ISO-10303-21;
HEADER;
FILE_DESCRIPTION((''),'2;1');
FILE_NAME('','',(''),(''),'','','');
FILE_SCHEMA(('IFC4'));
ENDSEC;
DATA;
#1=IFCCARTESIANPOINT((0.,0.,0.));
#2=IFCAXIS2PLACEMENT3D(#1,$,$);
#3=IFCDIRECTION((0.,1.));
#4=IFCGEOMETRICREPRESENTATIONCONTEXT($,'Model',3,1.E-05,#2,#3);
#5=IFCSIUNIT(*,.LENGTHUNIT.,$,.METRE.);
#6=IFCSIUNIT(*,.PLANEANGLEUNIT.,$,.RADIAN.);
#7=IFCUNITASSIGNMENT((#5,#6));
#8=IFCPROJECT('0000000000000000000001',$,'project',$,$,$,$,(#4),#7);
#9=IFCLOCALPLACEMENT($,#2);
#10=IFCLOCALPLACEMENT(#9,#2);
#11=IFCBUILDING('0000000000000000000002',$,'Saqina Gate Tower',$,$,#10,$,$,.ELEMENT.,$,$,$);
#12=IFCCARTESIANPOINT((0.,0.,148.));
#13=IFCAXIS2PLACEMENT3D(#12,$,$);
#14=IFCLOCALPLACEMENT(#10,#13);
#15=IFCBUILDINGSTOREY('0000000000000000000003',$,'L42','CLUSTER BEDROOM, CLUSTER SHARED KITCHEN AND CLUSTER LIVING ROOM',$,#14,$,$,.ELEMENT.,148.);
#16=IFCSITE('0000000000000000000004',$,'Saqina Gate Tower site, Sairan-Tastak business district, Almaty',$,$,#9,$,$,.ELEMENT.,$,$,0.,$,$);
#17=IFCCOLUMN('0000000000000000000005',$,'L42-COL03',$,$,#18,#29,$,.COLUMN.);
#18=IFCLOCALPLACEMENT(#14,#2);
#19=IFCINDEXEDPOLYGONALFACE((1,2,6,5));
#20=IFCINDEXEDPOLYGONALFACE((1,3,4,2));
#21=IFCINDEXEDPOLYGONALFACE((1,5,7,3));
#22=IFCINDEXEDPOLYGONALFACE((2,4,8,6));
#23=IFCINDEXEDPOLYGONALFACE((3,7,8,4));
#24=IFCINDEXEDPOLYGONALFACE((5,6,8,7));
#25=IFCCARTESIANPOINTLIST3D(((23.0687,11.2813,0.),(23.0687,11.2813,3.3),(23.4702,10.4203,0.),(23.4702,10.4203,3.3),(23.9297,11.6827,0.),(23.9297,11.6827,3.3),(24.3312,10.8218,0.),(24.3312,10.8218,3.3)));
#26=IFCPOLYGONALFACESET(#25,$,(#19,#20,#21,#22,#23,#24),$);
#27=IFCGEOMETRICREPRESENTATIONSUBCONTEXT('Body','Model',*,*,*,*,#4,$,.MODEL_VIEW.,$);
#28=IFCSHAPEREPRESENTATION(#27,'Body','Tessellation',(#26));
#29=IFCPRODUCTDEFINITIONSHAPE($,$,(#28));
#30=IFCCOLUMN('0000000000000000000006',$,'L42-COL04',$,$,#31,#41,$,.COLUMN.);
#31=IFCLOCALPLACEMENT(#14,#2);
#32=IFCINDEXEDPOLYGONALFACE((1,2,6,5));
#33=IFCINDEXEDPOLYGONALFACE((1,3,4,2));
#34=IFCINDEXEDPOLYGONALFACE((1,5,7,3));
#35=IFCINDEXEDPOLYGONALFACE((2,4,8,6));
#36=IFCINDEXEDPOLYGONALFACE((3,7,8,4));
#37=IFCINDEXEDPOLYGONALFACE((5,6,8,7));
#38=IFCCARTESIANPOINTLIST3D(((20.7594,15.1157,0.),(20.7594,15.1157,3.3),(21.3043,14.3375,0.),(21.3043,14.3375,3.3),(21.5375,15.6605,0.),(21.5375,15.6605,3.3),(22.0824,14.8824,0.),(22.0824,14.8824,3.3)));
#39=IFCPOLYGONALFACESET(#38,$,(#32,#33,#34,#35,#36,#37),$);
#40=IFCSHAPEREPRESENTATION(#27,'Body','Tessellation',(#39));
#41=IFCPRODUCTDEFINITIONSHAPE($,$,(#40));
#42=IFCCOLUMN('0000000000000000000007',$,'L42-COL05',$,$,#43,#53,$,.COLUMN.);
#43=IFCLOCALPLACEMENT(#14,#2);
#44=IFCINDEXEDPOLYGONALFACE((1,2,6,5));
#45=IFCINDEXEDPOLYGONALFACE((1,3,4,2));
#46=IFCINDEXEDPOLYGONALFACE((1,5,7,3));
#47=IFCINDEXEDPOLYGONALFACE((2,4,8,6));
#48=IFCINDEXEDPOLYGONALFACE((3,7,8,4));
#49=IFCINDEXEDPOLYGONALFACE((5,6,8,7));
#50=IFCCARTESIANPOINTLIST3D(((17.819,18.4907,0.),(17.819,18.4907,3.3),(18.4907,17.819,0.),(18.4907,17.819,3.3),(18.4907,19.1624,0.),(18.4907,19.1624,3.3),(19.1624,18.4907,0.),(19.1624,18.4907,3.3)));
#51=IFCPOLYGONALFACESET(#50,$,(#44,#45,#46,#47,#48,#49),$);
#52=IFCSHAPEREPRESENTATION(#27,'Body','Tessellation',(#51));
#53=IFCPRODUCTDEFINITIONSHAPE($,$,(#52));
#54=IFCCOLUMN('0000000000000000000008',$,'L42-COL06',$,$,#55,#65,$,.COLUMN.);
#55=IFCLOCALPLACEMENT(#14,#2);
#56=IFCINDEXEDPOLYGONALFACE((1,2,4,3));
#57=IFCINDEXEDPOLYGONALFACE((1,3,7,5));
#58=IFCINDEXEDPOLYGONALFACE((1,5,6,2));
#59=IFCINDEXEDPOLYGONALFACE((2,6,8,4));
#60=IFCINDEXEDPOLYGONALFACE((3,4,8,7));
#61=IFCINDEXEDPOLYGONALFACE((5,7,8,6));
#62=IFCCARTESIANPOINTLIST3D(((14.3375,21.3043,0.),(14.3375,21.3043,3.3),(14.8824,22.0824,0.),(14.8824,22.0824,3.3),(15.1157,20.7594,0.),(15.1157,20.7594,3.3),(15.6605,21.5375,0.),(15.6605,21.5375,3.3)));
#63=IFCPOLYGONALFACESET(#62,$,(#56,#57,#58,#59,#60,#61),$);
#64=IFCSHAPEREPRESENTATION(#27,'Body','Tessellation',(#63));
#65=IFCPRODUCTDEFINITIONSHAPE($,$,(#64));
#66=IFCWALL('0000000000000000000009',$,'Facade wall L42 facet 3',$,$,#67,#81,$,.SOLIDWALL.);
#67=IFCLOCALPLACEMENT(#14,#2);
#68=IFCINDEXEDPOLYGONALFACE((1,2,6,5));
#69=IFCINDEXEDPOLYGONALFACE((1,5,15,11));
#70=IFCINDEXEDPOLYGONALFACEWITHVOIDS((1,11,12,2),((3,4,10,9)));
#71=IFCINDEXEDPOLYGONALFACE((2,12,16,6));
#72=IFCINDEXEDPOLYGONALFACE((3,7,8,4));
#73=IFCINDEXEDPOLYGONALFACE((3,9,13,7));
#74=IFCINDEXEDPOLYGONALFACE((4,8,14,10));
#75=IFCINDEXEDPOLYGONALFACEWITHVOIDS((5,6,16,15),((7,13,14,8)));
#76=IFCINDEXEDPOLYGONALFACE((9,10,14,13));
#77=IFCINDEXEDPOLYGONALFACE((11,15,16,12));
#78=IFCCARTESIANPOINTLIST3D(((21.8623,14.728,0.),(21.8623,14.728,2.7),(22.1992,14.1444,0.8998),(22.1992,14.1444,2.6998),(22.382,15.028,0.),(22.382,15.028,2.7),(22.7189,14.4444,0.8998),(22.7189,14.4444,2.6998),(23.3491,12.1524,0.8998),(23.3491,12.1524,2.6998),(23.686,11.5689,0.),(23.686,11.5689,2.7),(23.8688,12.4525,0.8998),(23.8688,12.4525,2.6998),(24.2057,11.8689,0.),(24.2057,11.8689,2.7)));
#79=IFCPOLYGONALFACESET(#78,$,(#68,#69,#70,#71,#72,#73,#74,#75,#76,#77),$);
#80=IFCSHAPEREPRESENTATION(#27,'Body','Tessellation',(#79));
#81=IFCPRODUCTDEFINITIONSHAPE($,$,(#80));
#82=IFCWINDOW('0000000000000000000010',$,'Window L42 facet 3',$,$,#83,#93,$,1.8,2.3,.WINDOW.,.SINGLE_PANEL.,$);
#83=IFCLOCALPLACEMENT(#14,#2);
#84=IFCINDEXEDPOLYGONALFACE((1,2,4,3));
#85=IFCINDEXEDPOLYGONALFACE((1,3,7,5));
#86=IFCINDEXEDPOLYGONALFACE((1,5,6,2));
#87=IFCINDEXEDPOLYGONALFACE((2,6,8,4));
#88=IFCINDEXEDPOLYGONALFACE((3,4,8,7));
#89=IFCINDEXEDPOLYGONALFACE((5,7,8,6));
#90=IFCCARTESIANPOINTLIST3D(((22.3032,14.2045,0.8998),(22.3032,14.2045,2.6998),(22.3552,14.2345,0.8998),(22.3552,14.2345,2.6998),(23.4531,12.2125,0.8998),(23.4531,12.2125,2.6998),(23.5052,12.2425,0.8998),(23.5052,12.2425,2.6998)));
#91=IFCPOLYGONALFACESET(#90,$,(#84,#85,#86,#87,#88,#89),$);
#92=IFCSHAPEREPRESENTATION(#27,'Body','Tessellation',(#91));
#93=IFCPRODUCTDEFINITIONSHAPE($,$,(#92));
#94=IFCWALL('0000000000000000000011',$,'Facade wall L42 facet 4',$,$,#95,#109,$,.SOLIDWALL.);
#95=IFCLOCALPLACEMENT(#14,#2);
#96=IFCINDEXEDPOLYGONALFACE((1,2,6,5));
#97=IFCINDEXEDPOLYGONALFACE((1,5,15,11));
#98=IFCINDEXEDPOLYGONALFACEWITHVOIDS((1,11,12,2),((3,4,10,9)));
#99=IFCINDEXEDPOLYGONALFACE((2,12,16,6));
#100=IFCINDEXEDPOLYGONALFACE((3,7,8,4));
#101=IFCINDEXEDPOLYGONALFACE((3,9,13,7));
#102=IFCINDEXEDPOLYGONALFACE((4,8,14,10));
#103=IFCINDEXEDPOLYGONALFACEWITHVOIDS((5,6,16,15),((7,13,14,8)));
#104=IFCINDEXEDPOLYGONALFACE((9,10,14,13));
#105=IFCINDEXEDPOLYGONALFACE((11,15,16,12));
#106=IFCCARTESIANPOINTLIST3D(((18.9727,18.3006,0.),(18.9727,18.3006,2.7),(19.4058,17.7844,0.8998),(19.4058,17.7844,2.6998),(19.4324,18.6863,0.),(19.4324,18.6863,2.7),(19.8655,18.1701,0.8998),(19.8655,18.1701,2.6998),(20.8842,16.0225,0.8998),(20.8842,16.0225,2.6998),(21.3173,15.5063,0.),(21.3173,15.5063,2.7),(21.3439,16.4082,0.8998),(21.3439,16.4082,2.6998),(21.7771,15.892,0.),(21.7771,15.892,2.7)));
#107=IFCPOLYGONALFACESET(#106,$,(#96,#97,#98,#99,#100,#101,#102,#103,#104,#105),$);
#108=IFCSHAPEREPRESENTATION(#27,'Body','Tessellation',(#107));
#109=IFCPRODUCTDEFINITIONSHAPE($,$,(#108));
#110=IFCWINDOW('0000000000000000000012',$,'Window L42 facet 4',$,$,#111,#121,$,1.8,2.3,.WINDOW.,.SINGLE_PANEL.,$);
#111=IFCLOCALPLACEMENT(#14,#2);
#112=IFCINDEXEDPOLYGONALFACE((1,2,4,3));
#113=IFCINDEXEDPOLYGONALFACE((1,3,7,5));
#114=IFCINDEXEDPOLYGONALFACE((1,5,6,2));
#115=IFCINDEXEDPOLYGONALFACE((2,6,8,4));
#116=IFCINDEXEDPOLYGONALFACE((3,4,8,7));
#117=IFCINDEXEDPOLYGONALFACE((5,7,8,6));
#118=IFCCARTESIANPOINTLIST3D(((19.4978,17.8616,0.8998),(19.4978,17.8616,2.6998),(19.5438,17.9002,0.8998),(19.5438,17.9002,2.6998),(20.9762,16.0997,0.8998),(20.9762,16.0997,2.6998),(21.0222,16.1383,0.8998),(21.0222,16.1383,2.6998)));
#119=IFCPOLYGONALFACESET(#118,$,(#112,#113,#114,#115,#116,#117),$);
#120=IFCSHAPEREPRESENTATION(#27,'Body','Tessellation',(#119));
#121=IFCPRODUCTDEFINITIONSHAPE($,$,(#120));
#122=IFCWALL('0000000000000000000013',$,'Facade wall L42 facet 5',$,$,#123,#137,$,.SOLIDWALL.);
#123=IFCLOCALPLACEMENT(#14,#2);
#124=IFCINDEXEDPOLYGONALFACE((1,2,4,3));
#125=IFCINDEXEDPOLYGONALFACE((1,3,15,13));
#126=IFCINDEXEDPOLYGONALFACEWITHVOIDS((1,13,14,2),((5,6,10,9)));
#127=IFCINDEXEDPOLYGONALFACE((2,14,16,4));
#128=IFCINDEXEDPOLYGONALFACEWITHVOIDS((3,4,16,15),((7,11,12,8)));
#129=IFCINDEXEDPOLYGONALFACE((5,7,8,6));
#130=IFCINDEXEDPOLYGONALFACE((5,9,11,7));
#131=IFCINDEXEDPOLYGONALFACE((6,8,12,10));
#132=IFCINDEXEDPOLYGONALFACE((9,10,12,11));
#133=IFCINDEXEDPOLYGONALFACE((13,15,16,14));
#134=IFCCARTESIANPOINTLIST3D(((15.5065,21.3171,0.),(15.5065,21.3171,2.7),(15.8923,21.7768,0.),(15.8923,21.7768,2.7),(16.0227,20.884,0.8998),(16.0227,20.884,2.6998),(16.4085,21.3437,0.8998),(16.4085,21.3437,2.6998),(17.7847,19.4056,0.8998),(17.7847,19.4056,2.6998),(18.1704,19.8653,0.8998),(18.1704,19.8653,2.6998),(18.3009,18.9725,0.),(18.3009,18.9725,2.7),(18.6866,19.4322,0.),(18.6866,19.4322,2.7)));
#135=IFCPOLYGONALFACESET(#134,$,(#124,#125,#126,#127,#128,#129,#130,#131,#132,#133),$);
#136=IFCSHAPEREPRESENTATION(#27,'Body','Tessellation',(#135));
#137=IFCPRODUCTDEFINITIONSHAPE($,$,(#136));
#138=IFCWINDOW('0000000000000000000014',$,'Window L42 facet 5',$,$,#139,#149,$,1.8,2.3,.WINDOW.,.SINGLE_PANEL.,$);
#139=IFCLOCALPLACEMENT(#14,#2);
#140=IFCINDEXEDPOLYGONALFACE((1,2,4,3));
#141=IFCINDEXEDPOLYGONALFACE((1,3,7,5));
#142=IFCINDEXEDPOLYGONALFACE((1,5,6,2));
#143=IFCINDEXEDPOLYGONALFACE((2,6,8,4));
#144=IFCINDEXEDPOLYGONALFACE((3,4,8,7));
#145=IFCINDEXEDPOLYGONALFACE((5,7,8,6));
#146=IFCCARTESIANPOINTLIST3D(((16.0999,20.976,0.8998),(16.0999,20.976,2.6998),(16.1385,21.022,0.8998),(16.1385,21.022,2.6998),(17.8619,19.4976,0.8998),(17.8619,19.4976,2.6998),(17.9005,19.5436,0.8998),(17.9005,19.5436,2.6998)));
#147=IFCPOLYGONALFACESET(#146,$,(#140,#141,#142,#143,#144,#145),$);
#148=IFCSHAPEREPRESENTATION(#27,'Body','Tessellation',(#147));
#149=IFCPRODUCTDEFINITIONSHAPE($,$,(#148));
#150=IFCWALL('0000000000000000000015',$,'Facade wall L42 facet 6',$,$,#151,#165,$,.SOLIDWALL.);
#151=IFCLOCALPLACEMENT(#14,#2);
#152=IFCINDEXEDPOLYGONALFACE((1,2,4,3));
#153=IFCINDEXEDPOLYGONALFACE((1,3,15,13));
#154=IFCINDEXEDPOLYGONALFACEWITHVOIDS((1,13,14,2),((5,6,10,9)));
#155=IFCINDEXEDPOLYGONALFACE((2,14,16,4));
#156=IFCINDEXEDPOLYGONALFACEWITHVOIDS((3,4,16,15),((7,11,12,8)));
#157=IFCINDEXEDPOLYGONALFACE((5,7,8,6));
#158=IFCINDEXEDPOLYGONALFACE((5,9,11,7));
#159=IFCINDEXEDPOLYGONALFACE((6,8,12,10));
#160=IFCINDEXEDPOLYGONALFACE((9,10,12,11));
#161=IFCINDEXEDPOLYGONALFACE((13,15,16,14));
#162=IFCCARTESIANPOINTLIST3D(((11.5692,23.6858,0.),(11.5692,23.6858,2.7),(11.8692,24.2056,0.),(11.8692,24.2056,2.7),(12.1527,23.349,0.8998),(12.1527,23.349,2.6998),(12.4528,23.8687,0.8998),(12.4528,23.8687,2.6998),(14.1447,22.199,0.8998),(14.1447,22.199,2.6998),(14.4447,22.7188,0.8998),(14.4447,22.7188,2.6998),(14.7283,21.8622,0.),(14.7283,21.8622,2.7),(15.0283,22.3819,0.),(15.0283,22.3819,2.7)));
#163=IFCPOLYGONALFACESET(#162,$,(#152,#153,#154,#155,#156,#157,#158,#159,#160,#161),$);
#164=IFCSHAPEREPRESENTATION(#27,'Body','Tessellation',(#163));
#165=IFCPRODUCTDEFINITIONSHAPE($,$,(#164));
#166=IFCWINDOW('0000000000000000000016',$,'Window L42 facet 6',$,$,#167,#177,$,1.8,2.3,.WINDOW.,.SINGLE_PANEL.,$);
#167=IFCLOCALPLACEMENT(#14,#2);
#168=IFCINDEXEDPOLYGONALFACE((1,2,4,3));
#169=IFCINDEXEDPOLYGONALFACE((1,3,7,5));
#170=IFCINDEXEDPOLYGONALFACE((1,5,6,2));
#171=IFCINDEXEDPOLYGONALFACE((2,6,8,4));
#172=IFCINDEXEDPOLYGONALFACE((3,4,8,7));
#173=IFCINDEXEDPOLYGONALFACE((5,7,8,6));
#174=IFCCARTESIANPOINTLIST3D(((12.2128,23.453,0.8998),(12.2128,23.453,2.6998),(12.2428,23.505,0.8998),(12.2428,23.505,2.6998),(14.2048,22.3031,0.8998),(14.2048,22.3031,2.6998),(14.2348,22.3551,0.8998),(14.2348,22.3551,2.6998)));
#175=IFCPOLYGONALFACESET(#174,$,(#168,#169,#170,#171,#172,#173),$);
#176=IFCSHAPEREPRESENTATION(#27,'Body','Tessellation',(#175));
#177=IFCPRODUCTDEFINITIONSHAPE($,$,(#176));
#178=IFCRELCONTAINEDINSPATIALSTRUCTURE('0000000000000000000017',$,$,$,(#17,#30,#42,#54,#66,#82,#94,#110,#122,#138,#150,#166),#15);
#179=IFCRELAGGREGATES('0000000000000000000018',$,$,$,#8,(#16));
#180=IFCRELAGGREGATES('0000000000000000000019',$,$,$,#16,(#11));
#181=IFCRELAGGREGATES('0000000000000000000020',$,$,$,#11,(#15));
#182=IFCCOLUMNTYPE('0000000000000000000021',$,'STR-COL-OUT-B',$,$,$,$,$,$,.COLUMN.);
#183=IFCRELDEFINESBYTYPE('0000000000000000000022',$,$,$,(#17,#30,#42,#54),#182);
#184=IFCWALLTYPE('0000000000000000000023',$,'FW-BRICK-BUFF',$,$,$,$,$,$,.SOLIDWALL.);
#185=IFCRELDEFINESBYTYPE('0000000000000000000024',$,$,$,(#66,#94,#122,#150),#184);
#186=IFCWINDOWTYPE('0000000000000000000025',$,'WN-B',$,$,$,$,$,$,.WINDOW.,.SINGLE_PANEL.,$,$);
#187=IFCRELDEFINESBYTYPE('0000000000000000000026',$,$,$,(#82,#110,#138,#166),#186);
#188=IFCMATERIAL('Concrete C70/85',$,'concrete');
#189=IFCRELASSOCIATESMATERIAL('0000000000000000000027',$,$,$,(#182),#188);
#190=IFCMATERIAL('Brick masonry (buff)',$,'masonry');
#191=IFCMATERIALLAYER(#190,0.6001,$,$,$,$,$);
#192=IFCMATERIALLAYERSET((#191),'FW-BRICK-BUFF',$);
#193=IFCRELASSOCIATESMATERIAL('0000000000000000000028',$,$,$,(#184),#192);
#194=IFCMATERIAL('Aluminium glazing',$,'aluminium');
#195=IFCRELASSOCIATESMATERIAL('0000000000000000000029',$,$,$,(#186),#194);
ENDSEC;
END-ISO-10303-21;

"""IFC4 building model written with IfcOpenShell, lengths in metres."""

from ifc_helpers import new_model, si_unit, direction, frame, frame_2d, origin, origin_2d, place, context, subcontext, project, spatial, rectangle, extrude, material, layer, layer_set, material_profile, profile_set, type_object, element, fill, save


model = new_model("IFC4")

# Units and contexts
model_context = context("Model", 3, precision=1e-05, world=origin(), true_north=direction((0.0, 1.0)))
body_context = subcontext(model_context, "Body", "Model", "MODEL_VIEW")
ifc_project = project(units=[si_unit("LENGTHUNIT", "METRE"), si_unit("PLANEANGLEUNIT", "RADIAN")], contexts=[model_context])

# Site, building, storey
site_placement = place(None, origin())
site = spatial("IfcSite", under=ifc_project, at=site_placement, Name="Saqina Gate Tower site, Sairan-Tastak business district, Almaty", CompositionType="ELEMENT", RefElevation=0.0)
building_placement = place(site_placement, origin())
building = spatial("IfcBuilding", under=site, at=building_placement, Name="Saqina Gate Tower", CompositionType="ELEMENT")
storey_placement = place(building_placement, frame((0.0, 0.0, 148.0)))
storey = spatial("IfcBuildingStorey", under=building, at=storey_placement, Name="L42", Description="CLUSTER BEDROOM, CLUSTER SHARED KITCHEN AND CLUSTER LIVING ROOM", CompositionType="ELEMENT", Elevation=148.0)

# Columns
ifc_material_1 = material(Name="Concrete C70/85", Category="concrete")
ifc_material_profile = material_profile(ifc_material_1, rectangle(XDim=0.95, YDim=0.95, at=origin_2d()), Name="RC 950x950")
ifc_profile_set = profile_set([ifc_material_profile], Name="Concrete C70/85")
column_type = type_object("IfcColumnType", Name="STR-COL-OUT-B", PredefinedType="COLUMN", material=ifc_profile_set)
for number, where, z_axis, x_axis, name in (
    (1, (23.7, 11.0515, 0.0), (0.0, 0.0, 1.0), (0.906308, 0.422618, 0.0), "L42-COL03"),
    (2, (21.4209, 14.999, 0.0), (0.0, 0.0, 1.0), (0.819152, 0.573576, 0.0), "L42-COL04"),
    (3, (18.4907, 18.4907, 0.0), (0.0, 0.0, 1.0), (0.707107, 0.707107, 0.0), "L42-COL05"),
    (4, (14.999, 21.4209, 0.0), (0.0, 0.0, 1.0), (0.573576, 0.819152, 0.0), "L42-COL06"),
):
    element("IfcColumn", number, at=place(storey_placement, frame(where, z_axis=z_axis, x_axis=x_axis)), inside=storey, type_object=column_type, Name=name, PredefinedType="COLUMN", context=body_context, shape_type="SweptSolid", body=[
        extrude(rectangle(XDim=0.95, YDim=0.95, at=origin_2d()), origin(), (0.0, 0.0, 1.0), 3.3),
    ])

# Walls, openings, windows
ifc_material_2 = material(Name="Brick masonry (buff)", Category="masonry")
ifc_layer_1 = layer(ifc_material_2, 0.6001)
ifc_layer_set_1 = layer_set([ifc_layer_1], Name="FW-BRICK-BUFF")
wall_type_1 = type_object("IfcWallType", Name="FW-BRICK-BUFF", PredefinedType="SOLIDWALL", material=ifc_layer_set_1)
wall_1_placement = place(storey_placement, frame((23.9458, 11.719, 0.0), z_axis=(0.0, 0.0, 1.0), x_axis=(-0.499954, 0.866052, 0.0)))
wall_1 = element("IfcWall", 5, at=wall_1_placement, inside=storey, type_object=wall_type_1, Name="Facade wall L42 facet 3", PredefinedType="SOLIDWALL", context=body_context, shape_type="SweptSolid", body=[
    extrude(rectangle(XDim=3.6477, YDim=0.6001, at=frame_2d((1.8237, 0.0))), origin(), (0.0, 0.0, 1.0), 2.7),
])
opening_1_placement = place(wall_1_placement, frame((0.6738, 0.0, 0.8999)))
opening_1 = element("IfcOpeningElement", 6, at=opening_1_placement, cuts=wall_1, PredefinedType="OPENING", context=body_context, shape_type="SweptSolid", body=[
    extrude(rectangle(XDim=2.3, YDim=1.8, at=frame_2d((1.1499, 0.8999))), frame((0.0, 0.312, 0.0), z_axis=(0.0, -1.0, 0.0), x_axis=(1.0, 0.0, 0.0)), (0.0, 0.0, 1.0), 0.624),
])
ifc_material_3 = material(Name="Aluminium glazing", Category="aluminium")
window_type = type_object("IfcWindowType", Name="WN-B", PartitioningType="SINGLE_PANEL", PredefinedType="WINDOW", material=ifc_material_3)
window_1_placement = place(opening_1_placement, origin())
window_1 = element("IfcWindow", 7, at=window_1_placement, inside=storey, type_object=window_type, Name="Window L42 facet 3", OverallHeight=1.8, OverallWidth=2.3, PartitioningType="SINGLE_PANEL", PredefinedType="WINDOW", context=body_context, shape_type="SweptSolid", body=[
    extrude(rectangle(XDim=2.3, YDim=1.8, at=frame_2d((1.1499, 0.8999))), frame((0.0, 0.1799, 0.0), z_axis=(0.0, -1.0, 0.0), x_axis=(1.0, 0.0, 0.0)), (0.0, 0.0, 1.0), 0.0601),
])
fill(opening_1, window_1)
wall_2_placement = place(storey_placement, frame((21.5471, 15.6992, 0.0), z_axis=(0.0, 0.0, 1.0), x_axis=(-0.642774, 0.766055, 0.0)))
wall_2 = element("IfcWall", 8, at=wall_2_placement, inside=storey, type_object=wall_type_1, Name="Facade wall L42 facet 4", PredefinedType="SOLIDWALL", context=body_context, shape_type="SweptSolid", body=[
    extrude(rectangle(XDim=3.6477, YDim=0.6001, at=frame_2d((1.8237, 0.0))), origin(), (0.0, 0.0, 1.0), 2.7),
])
opening_2_placement = place(wall_2_placement, frame((0.6738, 0.0, 0.8999)))
opening_2 = element("IfcOpeningElement", 9, at=opening_2_placement, cuts=wall_2, PredefinedType="OPENING", context=body_context, shape_type="SweptSolid", body=[
    extrude(rectangle(XDim=2.3, YDim=1.8, at=frame_2d((1.1499, 0.8999))), frame((0.0, 0.312, 0.0), z_axis=(0.0, -1.0, 0.0), x_axis=(1.0, 0.0, 0.0)), (0.0, 0.0, 1.0), 0.624),
])
window_2_placement = place(opening_2_placement, origin())
window_2 = element("IfcWindow", 10, at=window_2_placement, inside=storey, type_object=window_type, Name="Window L42 facet 4", OverallHeight=1.8, OverallWidth=2.3, PartitioningType="SINGLE_PANEL", PredefinedType="WINDOW", context=body_context, shape_type="SweptSolid", body=[
    extrude(rectangle(XDim=2.3, YDim=1.8, at=frame_2d((1.1499, 0.8999))), frame((0.0, 0.1799, 0.0), z_axis=(0.0, -1.0, 0.0), x_axis=(1.0, 0.0, 0.0)), (0.0, 0.0, 1.0), 0.0601),
])
fill(opening_2, window_2)
wall_3_placement = place(storey_placement, frame((18.4937, 19.2024, 0.0), z_axis=(0.0, 0.0, 1.0), x_axis=(-0.766055, 0.642774, 0.0)))
wall_3 = element("IfcWall", 11, at=wall_3_placement, inside=storey, type_object=wall_type_1, Name="Facade wall L42 facet 5", PredefinedType="SOLIDWALL", context=body_context, shape_type="SweptSolid", body=[
    extrude(rectangle(XDim=3.6477, YDim=0.6001, at=frame_2d((1.8237, 0.0))), origin(), (0.0, 0.0, 1.0), 2.7),
])
opening_3_placement = place(wall_3_placement, frame((0.6738, 0.0, 0.8999)))
opening_3 = element("IfcOpeningElement", 12, at=opening_3_placement, cuts=wall_3, PredefinedType="OPENING", context=body_context, shape_type="SweptSolid", body=[
    extrude(rectangle(XDim=2.3, YDim=1.8, at=frame_2d((1.1499, 0.8999))), frame((0.0, 0.312, 0.0), z_axis=(0.0, -1.0, 0.0), x_axis=(1.0, 0.0, 0.0)), (0.0, 0.0, 1.0), 0.624),
])
window_3_placement = place(opening_3_placement, origin())
window_3 = element("IfcWindow", 13, at=window_3_placement, inside=storey, type_object=window_type, Name="Window L42 facet 5", OverallHeight=1.8, OverallWidth=2.3, PartitioningType="SINGLE_PANEL", PredefinedType="WINDOW", context=body_context, shape_type="SweptSolid", body=[
    extrude(rectangle(XDim=2.3, YDim=1.8, at=frame_2d((1.1499, 0.8999))), frame((0.0, 0.1799, 0.0), z_axis=(0.0, -1.0, 0.0), x_axis=(1.0, 0.0, 0.0)), (0.0, 0.0, 1.0), 0.0601),
])
fill(opening_3, window_3)
wall_4_placement = place(storey_placement, frame((14.8782, 22.1221, 0.0), z_axis=(0.0, 0.0, 1.0), x_axis=(-0.866052, 0.499954, 0.0)))
wall_4 = element("IfcWall", 14, at=wall_4_placement, inside=storey, type_object=wall_type_1, Name="Facade wall L42 facet 6", PredefinedType="SOLIDWALL", context=body_context, shape_type="SweptSolid", body=[
    extrude(rectangle(XDim=3.6477, YDim=0.6001, at=frame_2d((1.8237, 0.0))), origin(), (0.0, 0.0, 1.0), 2.7),
])
opening_4_placement = place(wall_4_placement, frame((0.6738, 0.0, 0.8999)))
opening_4 = element("IfcOpeningElement", 15, at=opening_4_placement, cuts=wall_4, PredefinedType="OPENING", context=body_context, shape_type="SweptSolid", body=[
    extrude(rectangle(XDim=2.3, YDim=1.8, at=frame_2d((1.1499, 0.8999))), frame((0.0, 0.312, 0.0), z_axis=(0.0, -1.0, 0.0), x_axis=(1.0, 0.0, 0.0)), (0.0, 0.0, 1.0), 0.624),
])
window_4_placement = place(opening_4_placement, origin())
window_4 = element("IfcWindow", 16, at=window_4_placement, inside=storey, type_object=window_type, Name="Window L42 facet 6", OverallHeight=1.8, OverallWidth=2.3, PartitioningType="SINGLE_PANEL", PredefinedType="WINDOW", context=body_context, shape_type="SweptSolid", body=[
    extrude(rectangle(XDim=2.3, YDim=1.8, at=frame_2d((1.1499, 0.8999))), frame((0.0, 0.1799, 0.0), z_axis=(0.0, -1.0, 0.0), x_axis=(1.0, 0.0, 0.0)), (0.0, 0.0, 1.0), 0.0601),
])
fill(opening_4, window_4)

save(model, "model.ifc")
